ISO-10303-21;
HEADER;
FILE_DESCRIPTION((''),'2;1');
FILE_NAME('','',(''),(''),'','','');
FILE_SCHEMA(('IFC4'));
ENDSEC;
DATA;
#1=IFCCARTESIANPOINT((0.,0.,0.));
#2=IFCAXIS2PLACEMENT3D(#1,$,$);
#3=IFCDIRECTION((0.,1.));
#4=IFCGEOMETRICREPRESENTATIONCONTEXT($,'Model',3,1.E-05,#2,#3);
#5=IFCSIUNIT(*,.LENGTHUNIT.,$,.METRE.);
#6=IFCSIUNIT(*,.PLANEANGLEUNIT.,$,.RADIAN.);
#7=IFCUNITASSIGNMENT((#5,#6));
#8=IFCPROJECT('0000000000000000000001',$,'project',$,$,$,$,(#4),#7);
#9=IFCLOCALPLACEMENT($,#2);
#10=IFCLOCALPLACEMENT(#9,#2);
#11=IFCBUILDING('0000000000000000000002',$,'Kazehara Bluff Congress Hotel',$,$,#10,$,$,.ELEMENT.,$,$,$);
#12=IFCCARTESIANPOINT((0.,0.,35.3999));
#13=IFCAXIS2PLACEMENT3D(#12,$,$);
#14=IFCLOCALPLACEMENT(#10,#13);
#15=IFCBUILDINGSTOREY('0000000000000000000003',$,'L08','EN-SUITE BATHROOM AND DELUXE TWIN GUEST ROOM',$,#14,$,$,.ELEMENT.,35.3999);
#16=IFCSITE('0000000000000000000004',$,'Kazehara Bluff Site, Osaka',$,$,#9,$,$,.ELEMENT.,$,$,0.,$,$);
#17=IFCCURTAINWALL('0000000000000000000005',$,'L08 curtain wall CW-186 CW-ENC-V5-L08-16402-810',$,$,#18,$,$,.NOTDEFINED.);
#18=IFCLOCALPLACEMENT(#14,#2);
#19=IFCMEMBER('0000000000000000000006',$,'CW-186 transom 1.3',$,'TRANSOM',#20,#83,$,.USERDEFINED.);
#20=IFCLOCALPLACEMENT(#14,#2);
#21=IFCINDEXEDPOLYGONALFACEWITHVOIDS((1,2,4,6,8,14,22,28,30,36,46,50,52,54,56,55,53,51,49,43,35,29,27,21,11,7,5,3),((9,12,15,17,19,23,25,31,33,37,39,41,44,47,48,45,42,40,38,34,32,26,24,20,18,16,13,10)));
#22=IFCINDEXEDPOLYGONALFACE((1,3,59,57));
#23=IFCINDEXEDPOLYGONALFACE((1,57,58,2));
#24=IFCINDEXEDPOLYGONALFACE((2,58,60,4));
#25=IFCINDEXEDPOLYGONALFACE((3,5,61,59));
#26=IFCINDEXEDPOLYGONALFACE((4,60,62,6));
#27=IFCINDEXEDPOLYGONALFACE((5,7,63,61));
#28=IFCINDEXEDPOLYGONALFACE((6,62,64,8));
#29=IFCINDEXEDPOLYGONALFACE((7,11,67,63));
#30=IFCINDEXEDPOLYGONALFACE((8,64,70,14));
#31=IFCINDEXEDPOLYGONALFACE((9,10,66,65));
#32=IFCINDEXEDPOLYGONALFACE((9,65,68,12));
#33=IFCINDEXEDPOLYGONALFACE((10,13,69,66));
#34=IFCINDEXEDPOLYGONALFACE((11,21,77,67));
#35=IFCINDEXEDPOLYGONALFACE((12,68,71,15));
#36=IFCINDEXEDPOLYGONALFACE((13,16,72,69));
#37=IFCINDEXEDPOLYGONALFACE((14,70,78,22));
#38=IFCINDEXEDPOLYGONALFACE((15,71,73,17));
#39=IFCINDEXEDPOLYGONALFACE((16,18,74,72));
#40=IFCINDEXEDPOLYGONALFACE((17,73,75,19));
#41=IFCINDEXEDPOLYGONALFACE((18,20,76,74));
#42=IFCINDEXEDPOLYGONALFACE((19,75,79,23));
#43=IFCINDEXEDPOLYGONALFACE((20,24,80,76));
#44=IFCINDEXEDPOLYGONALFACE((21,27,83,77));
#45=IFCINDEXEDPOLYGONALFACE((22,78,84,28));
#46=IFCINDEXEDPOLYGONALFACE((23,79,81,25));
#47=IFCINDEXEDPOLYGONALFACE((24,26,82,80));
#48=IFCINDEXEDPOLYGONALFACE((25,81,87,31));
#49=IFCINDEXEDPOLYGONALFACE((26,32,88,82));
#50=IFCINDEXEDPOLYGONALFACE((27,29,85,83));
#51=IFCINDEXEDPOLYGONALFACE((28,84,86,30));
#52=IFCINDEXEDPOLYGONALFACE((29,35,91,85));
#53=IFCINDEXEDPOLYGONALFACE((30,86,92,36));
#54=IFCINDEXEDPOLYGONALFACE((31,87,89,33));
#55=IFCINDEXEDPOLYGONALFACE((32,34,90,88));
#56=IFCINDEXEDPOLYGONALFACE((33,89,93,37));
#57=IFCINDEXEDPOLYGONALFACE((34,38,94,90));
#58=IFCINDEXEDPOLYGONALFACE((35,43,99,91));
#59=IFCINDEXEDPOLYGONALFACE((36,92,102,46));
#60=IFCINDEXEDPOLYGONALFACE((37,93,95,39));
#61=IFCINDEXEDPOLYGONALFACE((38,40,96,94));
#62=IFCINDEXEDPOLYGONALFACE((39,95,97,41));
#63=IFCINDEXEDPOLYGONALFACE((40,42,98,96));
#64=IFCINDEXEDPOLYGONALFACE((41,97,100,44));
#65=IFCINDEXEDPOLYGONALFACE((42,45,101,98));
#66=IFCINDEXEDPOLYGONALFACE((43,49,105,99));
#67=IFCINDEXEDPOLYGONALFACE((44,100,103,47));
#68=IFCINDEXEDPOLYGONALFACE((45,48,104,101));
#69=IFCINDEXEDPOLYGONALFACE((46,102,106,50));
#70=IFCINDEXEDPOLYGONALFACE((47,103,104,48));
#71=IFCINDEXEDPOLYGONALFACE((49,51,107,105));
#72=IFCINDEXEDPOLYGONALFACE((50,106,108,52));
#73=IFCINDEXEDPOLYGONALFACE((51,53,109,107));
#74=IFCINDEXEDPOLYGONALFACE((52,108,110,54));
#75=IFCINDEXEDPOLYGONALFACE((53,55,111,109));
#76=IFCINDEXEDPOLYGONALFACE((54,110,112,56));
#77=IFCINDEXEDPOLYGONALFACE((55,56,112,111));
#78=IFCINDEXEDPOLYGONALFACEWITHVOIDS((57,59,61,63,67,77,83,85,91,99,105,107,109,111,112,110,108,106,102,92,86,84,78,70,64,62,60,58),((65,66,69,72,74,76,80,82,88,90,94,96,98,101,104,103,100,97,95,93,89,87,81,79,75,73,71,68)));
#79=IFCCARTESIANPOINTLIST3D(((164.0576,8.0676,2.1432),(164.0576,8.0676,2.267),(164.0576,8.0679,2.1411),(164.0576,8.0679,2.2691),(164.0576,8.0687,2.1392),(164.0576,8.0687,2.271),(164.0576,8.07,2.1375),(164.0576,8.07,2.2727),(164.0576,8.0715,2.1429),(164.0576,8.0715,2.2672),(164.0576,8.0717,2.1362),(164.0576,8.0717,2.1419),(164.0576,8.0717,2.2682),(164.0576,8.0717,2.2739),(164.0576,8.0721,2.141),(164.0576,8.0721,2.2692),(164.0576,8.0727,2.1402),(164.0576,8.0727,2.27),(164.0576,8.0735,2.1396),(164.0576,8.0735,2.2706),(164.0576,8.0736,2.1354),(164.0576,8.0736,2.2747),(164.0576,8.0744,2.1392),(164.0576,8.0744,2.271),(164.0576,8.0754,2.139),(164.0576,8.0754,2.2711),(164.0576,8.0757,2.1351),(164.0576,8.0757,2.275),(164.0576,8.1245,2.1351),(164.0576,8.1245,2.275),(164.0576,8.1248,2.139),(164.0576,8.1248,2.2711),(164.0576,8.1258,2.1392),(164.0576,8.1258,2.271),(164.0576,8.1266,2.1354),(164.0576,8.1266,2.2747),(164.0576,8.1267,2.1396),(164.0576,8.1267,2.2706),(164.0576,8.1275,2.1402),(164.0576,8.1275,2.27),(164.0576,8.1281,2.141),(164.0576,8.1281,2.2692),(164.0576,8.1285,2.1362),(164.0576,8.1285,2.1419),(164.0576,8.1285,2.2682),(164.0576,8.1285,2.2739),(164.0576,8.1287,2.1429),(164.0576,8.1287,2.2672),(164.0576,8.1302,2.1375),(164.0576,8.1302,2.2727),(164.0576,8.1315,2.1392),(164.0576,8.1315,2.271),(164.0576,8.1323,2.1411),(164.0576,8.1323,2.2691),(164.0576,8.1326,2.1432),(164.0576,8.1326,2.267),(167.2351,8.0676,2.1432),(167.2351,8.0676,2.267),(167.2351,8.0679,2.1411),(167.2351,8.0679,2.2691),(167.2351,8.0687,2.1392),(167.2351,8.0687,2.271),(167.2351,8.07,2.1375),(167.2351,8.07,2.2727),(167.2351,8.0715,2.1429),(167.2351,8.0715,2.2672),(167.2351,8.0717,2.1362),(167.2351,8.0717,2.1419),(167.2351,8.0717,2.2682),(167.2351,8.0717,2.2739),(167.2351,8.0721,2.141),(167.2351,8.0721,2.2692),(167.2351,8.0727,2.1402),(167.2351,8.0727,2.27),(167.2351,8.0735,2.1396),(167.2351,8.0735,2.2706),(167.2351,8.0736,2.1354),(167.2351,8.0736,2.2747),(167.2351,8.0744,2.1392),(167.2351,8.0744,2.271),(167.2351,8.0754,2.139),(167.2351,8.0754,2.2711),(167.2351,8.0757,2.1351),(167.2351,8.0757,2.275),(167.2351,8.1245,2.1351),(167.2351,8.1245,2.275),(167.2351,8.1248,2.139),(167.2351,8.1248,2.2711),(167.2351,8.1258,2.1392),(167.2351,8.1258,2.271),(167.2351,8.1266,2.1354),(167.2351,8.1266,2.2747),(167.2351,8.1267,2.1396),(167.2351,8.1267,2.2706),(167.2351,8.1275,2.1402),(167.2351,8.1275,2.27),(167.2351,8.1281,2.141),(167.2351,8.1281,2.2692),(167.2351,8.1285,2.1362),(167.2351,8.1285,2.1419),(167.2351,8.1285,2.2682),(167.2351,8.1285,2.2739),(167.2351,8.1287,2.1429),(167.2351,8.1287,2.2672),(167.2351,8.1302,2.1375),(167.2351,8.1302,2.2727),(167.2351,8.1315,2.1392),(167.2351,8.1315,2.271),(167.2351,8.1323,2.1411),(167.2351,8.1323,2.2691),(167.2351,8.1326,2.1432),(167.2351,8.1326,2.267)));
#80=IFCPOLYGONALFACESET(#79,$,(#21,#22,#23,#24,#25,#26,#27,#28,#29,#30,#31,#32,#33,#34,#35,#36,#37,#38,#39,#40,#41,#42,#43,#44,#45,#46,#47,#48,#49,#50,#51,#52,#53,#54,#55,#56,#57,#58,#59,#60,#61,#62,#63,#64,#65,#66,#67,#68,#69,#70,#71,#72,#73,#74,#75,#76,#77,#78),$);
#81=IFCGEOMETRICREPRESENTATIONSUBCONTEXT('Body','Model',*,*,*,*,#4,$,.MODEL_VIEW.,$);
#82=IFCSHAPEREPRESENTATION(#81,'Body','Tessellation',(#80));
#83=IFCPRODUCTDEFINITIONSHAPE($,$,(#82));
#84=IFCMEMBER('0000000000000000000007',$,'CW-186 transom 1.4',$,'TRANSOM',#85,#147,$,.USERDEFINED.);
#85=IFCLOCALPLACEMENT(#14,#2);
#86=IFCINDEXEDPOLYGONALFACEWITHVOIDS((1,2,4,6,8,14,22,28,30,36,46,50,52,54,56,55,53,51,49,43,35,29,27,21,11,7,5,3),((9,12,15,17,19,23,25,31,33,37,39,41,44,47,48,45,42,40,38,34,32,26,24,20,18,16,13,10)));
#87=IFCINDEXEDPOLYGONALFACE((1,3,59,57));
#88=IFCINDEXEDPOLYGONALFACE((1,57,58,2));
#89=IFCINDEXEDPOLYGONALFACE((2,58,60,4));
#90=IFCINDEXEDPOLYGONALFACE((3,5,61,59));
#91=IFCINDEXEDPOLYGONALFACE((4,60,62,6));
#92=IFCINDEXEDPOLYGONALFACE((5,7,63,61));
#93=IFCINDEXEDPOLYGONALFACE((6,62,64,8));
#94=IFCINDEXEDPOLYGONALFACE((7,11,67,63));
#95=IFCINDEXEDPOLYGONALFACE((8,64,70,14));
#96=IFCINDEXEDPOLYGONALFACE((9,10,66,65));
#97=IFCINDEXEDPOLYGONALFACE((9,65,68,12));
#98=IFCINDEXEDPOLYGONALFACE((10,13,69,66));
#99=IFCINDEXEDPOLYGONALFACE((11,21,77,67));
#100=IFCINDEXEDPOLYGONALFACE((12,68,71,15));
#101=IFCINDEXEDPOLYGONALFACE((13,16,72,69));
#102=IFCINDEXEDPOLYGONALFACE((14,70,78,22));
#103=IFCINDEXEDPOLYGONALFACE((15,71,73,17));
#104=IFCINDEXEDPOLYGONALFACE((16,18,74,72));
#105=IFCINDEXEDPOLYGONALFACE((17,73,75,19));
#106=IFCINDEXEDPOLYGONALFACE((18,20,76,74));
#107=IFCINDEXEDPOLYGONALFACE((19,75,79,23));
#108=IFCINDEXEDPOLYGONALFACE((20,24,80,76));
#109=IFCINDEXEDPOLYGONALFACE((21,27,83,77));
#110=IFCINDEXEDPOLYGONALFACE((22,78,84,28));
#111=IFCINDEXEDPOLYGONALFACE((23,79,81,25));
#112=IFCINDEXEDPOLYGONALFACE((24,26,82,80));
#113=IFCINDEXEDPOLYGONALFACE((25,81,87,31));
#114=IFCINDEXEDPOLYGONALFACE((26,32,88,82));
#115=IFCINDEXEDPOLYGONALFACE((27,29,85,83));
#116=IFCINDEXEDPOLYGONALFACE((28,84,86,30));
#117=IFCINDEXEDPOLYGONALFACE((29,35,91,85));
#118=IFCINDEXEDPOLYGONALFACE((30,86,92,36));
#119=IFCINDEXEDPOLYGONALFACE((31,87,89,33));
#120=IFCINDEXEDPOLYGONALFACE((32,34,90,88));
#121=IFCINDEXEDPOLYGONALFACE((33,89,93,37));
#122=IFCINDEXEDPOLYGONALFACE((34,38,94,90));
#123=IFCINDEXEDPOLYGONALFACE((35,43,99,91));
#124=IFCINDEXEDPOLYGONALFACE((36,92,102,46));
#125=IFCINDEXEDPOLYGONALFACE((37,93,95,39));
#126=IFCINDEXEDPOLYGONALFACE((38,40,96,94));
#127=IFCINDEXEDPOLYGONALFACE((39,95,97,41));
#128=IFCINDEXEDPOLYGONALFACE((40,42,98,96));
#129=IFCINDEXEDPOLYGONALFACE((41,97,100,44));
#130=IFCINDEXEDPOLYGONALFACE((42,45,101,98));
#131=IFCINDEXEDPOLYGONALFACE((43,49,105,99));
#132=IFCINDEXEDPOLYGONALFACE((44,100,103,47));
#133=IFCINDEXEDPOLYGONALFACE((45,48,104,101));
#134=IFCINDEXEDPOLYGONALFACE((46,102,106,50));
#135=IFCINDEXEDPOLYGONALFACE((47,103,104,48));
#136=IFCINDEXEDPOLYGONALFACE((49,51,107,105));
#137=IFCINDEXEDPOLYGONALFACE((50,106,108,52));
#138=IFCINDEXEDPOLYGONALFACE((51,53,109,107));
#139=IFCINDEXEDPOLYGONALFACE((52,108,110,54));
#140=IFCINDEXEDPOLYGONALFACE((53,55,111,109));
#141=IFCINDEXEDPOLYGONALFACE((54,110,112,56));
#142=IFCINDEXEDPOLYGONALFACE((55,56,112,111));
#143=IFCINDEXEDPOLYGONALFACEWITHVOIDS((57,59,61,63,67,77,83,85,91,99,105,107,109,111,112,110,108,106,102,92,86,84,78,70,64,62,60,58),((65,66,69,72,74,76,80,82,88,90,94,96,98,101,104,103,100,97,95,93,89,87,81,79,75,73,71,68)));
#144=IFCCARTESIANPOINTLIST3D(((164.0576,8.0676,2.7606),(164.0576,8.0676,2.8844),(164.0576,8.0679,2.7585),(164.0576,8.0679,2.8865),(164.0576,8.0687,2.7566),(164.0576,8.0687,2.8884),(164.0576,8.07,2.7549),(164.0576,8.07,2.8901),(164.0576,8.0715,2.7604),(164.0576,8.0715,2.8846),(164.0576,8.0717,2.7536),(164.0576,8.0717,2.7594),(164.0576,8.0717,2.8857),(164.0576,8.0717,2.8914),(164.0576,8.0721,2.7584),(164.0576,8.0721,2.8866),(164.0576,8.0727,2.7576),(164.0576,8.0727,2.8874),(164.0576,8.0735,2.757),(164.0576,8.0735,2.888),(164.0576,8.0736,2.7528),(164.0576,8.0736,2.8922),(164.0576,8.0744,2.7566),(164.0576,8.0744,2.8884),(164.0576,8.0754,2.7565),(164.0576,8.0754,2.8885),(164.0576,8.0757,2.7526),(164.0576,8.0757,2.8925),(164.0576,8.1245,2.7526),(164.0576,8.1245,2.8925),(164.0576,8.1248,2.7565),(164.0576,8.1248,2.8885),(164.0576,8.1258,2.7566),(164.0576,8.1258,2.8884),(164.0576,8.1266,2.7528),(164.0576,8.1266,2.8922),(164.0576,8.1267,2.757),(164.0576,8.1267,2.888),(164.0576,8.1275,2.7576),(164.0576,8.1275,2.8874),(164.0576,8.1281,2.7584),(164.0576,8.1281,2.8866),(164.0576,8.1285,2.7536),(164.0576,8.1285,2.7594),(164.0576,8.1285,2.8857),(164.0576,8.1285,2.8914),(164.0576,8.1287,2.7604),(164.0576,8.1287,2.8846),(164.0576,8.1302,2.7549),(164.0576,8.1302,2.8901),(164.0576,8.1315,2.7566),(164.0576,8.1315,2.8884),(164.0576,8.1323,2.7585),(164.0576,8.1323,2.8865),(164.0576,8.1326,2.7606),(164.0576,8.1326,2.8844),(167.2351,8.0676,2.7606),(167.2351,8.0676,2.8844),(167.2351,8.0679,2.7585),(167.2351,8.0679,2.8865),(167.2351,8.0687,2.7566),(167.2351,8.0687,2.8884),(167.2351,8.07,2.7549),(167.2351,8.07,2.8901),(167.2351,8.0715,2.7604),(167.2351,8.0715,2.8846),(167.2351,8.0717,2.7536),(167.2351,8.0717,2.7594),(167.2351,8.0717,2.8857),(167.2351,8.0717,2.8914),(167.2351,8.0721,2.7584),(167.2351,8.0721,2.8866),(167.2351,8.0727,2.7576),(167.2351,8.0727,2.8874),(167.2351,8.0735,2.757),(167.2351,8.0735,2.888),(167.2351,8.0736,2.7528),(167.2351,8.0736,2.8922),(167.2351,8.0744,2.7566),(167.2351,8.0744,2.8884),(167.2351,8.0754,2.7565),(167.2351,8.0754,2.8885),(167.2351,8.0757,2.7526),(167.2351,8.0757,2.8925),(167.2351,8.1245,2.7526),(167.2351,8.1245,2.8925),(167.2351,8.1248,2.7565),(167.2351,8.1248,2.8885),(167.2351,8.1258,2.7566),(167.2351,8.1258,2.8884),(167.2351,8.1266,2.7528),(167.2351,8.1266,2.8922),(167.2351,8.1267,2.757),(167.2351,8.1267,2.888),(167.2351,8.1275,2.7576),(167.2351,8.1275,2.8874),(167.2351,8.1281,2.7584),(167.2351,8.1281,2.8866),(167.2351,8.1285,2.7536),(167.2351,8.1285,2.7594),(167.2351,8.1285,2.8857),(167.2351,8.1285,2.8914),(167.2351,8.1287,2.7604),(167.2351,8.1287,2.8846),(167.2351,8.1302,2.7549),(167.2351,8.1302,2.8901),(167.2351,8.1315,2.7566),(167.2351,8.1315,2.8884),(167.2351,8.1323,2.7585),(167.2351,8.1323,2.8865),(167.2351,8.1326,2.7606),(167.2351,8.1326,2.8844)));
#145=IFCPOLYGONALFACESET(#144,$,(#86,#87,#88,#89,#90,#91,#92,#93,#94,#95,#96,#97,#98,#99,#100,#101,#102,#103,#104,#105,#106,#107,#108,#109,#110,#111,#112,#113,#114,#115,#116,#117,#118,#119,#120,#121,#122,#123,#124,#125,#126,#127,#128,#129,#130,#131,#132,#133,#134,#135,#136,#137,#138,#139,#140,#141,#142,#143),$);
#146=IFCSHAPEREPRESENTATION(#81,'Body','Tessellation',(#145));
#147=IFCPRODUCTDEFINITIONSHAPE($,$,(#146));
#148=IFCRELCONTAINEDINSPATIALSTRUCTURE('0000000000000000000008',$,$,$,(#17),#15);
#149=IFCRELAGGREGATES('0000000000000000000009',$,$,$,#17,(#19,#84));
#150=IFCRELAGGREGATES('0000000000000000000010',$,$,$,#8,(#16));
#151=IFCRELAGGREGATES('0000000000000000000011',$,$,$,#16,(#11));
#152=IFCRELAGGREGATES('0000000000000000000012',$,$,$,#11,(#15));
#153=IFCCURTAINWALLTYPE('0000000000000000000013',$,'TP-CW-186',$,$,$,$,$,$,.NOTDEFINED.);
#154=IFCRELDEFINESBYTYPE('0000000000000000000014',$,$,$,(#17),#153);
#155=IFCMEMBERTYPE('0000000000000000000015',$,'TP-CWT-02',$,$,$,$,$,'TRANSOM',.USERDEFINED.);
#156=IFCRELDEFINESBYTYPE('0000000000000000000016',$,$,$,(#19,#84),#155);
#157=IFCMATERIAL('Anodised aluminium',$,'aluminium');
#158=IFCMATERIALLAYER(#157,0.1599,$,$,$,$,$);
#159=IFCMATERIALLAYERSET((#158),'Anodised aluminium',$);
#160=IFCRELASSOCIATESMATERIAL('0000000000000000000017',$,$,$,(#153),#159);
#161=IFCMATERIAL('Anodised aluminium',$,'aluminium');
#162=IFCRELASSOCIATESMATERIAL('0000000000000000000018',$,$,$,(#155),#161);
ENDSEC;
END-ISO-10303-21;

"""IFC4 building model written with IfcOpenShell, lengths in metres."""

from ifc_helpers import new_model, si_unit, direction, frame, origin, origin_2d, place, context, subcontext, project, spatial, hollow_rectangle, extrude, material, layer, layer_set, material_profile, profile_set, type_object, element, aggregate, save


model = new_model("IFC4")

# Units and contexts
model_context = context("Model", 3, precision=1e-05, world=origin(), true_north=direction((0.0, 1.0)))
body_context = subcontext(model_context, "Body", "Model", "MODEL_VIEW")
ifc_project = project(units=[si_unit("LENGTHUNIT", "METRE"), si_unit("PLANEANGLEUNIT", "RADIAN")], contexts=[model_context])

# Site, building, storey
site_placement = place(None, origin())
site = spatial("IfcSite", under=ifc_project, at=site_placement, Name="Kazehara Bluff Site, Osaka", CompositionType="ELEMENT", RefElevation=0.0)
building_placement = place(site_placement, origin())
building = spatial("IfcBuilding", under=site, at=building_placement, Name="Kazehara Bluff Congress Hotel", CompositionType="ELEMENT")
storey_placement = place(building_placement, frame((0.0, 0.0, 35.3999)))
storey = spatial("IfcBuildingStorey", under=building, at=storey_placement, Name="L08", Description="EN-SUITE BATHROOM AND DELUXE TWIN GUEST ROOM", CompositionType="ELEMENT", Elevation=35.3999)

# Curtain wall, members
ifc_material_1 = material(Name="Anodised aluminium", Category="aluminium")
ifc_layer_1 = layer(ifc_material_1, 0.1599)
ifc_layer_set_1 = layer_set([ifc_layer_1], Name="Anodised aluminium")
curtain_wall_type = type_object("IfcCurtainWallType", Name="TP-CW-186", PredefinedType="NOTDEFINED", material=ifc_layer_set_1)
curtain_wall_placement = place(storey_placement, origin())
curtain_wall = element("IfcCurtainWall", 1, at=curtain_wall_placement, inside=storey, type_object=curtain_wall_type, Name="L08 curtain wall CW-186 CW-ENC-V5-L08-16402-810", PredefinedType="NOTDEFINED")
ifc_material_2 = material(Name="Anodised aluminium", Category="aluminium")
ifc_material_profile_1 = material_profile(ifc_material_2, hollow_rectangle(XDim=0.0649, YDim=0.1399, WallThickness=0.0039, InnerFilletRadius=0.0039, OuterFilletRadius=0.0081, at=origin_2d()))
ifc_profile_set_1 = profile_set([ifc_material_profile_1], Name="Anodised aluminium")
member_type_1 = type_object("IfcMemberType", Name="TP-CWT-02", ElementType="TRANSOM", PredefinedType="USERDEFINED", material=ifc_profile_set_1)
member_1_placement = place(storey_placement, frame((167.2351, 8.1001, 2.2051), z_axis=(-1.0, 0.0, 0.0), x_axis=(0.0, -1.0, 0.0)))
member_1 = element("IfcMember", 2, at=member_1_placement, type_object=member_type_1, Name="CW-186 transom 1.3", ObjectType="TRANSOM", PredefinedType="USERDEFINED", context=body_context, shape_type="SweptSolid", body=[
    extrude(hollow_rectangle(XDim=0.0649, YDim=0.1399, WallThickness=0.0039, InnerFilletRadius=0.0039, OuterFilletRadius=0.0081, at=origin_2d()), origin(), (0.0, 0.0, 1.0), 3.1775),
])
member_2_placement = place(storey_placement, frame((167.2351, 8.1001, 2.8225), z_axis=(-1.0, 0.0, 0.0), x_axis=(0.0, -1.0, 0.0)))
member_2 = element("IfcMember", 3, at=member_2_placement, type_object=member_type_1, Name="CW-186 transom 1.4", ObjectType="TRANSOM", PredefinedType="USERDEFINED", context=body_context, shape_type="SweptSolid", body=[
    extrude(hollow_rectangle(XDim=0.0649, YDim=0.1399, WallThickness=0.0039, InnerFilletRadius=0.0039, OuterFilletRadius=0.0081, at=origin_2d()), origin(), (0.0, 0.0, 1.0), 3.1775),
])

aggregate(curtain_wall, [member_1, member_2])

save(model, "model.ifc")
